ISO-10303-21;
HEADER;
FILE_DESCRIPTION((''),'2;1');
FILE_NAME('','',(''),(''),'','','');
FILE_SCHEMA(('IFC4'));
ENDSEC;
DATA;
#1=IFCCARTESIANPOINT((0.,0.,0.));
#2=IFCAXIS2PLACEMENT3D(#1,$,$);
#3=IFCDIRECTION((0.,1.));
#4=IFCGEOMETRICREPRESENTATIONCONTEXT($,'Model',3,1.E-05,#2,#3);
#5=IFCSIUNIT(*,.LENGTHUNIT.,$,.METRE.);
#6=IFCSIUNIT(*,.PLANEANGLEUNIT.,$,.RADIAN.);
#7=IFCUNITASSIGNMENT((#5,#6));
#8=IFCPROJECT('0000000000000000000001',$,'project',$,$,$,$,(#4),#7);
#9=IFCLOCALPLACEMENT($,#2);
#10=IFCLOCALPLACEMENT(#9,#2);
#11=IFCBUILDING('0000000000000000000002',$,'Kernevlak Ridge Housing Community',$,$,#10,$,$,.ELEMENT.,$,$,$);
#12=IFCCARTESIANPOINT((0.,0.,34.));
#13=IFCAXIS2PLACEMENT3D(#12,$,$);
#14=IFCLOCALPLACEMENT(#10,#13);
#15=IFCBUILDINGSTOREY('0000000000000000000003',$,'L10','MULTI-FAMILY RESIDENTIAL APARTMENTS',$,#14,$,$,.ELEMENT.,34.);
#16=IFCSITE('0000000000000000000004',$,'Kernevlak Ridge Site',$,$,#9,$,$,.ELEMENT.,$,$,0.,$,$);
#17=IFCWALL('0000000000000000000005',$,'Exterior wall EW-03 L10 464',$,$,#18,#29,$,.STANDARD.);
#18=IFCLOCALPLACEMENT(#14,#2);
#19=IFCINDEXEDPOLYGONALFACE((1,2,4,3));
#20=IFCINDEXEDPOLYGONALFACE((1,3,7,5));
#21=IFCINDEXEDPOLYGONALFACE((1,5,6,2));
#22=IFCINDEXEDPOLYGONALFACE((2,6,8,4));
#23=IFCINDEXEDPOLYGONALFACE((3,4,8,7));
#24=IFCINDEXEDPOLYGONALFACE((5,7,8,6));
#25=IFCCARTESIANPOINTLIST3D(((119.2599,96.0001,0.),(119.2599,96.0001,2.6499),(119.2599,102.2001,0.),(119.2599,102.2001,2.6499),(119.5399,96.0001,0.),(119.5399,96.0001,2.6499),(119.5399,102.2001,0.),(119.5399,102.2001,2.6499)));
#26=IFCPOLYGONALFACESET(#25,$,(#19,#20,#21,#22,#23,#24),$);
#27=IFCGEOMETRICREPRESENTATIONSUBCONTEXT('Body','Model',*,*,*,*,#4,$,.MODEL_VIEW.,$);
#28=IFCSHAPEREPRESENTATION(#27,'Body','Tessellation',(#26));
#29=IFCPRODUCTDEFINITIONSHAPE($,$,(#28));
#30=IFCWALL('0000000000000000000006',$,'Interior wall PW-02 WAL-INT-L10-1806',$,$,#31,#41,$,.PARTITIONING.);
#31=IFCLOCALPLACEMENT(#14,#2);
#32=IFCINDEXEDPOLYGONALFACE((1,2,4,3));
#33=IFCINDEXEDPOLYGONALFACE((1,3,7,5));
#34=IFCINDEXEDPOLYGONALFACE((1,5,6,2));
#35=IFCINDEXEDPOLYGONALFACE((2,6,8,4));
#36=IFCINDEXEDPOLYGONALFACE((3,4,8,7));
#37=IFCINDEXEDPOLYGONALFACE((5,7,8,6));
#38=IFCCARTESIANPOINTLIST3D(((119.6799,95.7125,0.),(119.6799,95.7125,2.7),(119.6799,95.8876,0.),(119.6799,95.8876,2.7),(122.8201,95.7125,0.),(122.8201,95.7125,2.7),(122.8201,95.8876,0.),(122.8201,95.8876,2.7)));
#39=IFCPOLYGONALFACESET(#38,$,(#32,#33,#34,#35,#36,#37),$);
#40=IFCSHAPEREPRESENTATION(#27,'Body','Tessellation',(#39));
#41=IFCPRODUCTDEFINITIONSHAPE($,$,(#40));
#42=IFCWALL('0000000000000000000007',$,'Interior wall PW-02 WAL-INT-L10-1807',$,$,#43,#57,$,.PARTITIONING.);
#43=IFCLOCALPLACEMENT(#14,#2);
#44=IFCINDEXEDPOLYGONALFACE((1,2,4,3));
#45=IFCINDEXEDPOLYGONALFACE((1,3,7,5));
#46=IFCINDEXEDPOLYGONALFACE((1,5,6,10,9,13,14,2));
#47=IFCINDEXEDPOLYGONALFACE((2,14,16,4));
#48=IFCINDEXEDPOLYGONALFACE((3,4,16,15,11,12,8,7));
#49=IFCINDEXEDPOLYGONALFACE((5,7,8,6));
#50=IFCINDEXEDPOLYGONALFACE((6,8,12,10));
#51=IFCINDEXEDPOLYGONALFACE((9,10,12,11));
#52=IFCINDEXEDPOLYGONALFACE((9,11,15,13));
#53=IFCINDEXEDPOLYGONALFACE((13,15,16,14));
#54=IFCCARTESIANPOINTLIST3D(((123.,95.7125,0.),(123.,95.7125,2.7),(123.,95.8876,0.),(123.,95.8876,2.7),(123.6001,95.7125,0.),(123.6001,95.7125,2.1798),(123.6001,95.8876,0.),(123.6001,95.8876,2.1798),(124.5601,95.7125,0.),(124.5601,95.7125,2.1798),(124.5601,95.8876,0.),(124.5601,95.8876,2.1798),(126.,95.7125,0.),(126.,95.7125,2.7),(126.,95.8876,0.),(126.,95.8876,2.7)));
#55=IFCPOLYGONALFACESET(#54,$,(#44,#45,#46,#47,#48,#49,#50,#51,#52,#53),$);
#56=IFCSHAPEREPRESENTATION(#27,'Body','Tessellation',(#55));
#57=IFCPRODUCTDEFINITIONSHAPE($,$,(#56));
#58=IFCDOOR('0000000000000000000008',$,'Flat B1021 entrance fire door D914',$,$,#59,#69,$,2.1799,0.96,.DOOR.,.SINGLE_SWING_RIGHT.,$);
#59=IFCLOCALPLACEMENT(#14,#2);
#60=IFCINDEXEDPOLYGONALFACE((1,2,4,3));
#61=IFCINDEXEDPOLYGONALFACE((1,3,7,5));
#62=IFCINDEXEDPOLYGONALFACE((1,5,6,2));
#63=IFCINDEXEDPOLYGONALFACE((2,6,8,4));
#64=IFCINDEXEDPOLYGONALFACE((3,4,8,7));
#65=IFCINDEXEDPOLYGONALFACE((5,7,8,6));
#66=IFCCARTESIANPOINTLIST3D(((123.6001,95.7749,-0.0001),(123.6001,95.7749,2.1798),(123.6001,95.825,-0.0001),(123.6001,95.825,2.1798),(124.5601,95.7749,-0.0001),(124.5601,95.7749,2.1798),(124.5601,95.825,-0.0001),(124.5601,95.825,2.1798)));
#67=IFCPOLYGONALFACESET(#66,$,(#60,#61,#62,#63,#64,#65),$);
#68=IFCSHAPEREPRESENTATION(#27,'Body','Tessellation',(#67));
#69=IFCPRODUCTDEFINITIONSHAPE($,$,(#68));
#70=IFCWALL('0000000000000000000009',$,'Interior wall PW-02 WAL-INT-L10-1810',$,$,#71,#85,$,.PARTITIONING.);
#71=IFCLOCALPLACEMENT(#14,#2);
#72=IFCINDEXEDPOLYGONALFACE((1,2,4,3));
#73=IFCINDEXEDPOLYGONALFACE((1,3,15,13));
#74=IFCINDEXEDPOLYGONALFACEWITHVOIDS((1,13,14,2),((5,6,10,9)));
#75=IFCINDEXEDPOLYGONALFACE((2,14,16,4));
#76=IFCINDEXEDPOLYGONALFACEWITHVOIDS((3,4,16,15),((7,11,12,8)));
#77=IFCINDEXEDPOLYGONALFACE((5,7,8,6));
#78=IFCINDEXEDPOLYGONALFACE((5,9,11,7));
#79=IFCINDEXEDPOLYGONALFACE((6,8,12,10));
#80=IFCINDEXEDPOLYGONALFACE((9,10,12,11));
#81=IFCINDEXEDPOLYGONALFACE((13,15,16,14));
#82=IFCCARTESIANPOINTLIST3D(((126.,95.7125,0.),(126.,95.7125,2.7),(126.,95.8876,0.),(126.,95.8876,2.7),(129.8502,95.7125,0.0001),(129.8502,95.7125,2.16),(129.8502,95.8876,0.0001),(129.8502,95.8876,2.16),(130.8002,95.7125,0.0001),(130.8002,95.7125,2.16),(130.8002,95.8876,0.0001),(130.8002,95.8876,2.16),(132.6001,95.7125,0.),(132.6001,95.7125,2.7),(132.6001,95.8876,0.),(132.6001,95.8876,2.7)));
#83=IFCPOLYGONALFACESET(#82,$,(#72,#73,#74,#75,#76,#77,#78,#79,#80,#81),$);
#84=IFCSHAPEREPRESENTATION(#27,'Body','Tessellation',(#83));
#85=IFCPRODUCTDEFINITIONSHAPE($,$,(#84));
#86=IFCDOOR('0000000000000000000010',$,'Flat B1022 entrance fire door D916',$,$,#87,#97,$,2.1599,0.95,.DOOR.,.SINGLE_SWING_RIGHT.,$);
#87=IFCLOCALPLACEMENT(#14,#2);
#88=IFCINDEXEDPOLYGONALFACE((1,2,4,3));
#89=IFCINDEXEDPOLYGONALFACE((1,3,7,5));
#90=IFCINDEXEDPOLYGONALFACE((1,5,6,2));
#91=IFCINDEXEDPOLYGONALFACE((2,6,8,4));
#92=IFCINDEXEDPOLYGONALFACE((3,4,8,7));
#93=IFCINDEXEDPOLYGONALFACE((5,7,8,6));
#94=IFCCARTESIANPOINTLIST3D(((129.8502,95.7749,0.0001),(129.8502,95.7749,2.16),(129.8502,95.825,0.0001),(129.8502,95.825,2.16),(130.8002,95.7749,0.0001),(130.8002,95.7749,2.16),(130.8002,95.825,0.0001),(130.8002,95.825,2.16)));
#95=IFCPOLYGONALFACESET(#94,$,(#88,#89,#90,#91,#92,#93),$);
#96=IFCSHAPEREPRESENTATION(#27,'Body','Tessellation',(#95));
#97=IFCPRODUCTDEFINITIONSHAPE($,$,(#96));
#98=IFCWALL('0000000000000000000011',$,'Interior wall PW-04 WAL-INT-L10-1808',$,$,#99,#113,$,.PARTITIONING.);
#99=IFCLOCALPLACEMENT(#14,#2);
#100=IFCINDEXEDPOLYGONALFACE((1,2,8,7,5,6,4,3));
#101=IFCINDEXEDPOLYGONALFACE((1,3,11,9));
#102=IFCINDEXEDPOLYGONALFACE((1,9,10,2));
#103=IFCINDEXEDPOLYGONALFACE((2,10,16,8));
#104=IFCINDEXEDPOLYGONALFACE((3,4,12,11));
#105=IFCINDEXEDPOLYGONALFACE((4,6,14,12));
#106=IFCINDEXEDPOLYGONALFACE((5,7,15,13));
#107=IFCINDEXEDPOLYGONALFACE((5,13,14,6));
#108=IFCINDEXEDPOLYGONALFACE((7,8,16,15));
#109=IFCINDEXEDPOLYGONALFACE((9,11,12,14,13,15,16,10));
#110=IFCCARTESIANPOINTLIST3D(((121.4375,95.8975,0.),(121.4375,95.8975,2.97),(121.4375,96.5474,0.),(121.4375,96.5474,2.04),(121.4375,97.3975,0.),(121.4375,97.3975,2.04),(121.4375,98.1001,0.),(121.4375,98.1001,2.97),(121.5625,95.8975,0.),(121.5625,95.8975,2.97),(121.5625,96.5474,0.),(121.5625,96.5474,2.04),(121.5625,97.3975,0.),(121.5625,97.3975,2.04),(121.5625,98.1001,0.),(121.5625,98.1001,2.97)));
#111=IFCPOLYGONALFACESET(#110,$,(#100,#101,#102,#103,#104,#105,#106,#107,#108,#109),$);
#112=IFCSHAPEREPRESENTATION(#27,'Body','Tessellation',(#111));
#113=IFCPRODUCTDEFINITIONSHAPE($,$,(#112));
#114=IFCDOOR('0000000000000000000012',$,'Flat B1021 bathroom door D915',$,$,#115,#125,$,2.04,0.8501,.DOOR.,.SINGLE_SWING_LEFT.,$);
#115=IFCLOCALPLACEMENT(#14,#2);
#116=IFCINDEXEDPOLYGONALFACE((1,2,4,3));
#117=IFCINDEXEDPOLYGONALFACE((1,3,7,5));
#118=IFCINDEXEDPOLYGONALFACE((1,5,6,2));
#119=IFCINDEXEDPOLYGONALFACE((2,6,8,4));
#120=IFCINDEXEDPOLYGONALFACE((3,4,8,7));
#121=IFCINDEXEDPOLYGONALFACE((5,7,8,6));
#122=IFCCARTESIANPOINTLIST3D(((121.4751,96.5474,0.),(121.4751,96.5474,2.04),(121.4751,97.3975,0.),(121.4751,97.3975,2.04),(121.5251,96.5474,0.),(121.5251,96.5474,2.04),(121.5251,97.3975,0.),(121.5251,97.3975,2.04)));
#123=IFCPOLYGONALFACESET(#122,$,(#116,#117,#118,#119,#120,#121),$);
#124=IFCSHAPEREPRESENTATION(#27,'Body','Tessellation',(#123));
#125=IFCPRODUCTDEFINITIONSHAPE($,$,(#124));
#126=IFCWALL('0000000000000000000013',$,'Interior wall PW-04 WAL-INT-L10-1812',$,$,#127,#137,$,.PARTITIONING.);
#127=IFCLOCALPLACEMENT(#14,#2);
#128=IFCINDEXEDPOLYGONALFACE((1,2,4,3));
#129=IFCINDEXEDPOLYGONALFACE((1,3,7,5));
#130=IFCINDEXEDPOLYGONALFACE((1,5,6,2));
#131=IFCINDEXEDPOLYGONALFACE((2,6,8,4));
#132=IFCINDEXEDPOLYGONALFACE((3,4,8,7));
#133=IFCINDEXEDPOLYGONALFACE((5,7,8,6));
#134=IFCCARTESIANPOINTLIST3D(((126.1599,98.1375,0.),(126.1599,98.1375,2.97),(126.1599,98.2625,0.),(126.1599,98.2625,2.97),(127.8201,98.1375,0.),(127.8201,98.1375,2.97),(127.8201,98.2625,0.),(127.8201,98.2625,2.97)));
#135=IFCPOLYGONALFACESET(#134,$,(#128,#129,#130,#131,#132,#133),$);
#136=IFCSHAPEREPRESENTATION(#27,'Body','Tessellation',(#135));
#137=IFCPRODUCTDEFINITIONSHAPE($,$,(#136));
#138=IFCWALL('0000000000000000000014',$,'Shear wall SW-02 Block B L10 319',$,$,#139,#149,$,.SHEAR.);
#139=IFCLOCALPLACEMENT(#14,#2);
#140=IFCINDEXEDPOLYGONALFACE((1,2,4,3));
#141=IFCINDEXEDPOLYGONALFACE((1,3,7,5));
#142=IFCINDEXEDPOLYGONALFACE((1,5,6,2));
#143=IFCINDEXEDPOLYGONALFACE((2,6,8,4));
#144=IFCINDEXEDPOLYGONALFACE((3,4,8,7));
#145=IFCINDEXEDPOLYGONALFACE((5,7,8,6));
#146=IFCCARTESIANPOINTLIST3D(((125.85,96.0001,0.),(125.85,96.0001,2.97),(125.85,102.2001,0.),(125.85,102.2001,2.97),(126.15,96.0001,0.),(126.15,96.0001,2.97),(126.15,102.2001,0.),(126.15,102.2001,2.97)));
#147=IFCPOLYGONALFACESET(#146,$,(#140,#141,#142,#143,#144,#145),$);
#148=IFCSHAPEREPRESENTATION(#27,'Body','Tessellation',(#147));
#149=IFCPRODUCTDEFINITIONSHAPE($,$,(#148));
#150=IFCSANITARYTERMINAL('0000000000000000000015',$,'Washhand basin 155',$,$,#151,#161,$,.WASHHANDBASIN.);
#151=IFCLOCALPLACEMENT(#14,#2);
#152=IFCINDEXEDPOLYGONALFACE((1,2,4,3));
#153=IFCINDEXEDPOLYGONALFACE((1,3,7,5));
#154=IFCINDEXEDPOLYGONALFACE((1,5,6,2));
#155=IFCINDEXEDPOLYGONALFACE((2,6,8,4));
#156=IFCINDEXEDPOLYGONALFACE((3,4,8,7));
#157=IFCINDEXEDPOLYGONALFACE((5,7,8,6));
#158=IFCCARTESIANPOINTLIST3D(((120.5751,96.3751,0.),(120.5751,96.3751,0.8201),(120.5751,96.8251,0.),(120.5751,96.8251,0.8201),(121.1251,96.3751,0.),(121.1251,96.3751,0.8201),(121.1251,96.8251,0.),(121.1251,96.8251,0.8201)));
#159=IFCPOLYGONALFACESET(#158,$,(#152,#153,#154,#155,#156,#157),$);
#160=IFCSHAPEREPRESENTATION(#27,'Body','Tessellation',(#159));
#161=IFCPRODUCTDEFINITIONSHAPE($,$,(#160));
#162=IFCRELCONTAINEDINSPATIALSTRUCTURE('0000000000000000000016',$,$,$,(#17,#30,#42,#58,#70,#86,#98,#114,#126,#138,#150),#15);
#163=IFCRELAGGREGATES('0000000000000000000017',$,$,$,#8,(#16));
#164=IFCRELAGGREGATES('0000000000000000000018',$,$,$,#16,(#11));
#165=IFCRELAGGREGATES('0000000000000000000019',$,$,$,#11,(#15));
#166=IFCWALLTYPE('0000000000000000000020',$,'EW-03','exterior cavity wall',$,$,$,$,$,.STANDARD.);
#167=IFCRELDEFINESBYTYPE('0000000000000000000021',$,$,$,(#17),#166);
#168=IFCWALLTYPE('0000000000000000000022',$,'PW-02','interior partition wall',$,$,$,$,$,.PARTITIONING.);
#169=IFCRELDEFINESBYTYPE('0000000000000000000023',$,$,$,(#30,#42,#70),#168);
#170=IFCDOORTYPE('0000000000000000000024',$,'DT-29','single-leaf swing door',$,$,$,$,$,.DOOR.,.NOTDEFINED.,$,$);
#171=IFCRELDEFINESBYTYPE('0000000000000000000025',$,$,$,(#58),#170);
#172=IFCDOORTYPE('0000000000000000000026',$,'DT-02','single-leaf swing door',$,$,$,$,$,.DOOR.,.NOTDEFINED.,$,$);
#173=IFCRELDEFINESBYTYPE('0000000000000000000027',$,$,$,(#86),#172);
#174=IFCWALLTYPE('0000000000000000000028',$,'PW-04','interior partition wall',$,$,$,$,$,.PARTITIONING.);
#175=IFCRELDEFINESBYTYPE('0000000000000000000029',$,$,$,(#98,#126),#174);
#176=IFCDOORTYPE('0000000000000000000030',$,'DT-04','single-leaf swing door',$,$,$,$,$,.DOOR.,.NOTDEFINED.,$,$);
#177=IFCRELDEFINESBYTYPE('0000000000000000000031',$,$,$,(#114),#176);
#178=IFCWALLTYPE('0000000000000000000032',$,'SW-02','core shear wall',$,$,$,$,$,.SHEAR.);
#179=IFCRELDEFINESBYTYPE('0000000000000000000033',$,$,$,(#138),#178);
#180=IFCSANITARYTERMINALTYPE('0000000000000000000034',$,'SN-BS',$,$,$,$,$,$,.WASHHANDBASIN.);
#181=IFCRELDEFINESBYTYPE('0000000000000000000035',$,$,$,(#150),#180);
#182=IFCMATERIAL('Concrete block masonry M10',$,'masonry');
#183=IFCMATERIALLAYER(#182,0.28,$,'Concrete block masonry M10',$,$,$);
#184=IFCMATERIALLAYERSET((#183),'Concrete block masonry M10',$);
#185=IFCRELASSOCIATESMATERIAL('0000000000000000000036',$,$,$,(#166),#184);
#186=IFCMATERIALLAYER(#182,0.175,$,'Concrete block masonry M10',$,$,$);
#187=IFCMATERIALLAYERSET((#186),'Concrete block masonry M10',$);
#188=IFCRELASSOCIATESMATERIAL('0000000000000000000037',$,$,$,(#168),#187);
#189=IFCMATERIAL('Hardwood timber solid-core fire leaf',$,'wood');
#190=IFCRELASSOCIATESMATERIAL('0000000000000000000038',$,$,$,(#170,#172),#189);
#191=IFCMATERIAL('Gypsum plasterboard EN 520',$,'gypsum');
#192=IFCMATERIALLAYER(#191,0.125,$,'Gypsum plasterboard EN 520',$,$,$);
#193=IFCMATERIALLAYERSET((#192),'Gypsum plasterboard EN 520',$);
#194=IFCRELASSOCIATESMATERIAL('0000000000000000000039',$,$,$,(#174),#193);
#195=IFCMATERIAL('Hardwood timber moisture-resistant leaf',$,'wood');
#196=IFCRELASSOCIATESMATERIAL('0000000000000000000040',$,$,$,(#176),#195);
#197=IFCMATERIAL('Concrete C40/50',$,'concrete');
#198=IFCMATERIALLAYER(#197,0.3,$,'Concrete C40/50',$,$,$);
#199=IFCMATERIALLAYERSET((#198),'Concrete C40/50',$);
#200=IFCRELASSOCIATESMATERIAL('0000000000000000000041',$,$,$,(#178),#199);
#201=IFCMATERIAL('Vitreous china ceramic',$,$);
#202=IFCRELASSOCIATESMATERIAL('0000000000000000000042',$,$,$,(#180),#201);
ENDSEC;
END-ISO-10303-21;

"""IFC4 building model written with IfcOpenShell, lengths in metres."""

from ifc_helpers import new_model, si_unit, direction, frame, frame_2d, origin, origin_2d, place, context, subcontext, project, spatial, rectangle, extrude, material, layer, layer_set, type_object, element, fill, save


model = new_model("IFC4")

# Units and contexts
model_context = context("Model", 3, precision=1e-05, world=origin(), true_north=direction((0.0, 1.0)))
body_context = subcontext(model_context, "Body", "Model", "MODEL_VIEW")
ifc_project = project(units=[si_unit("LENGTHUNIT", "METRE"), si_unit("PLANEANGLEUNIT", "RADIAN")], contexts=[model_context])

# Site, building, storey
site_placement = place(None, origin())
site = spatial("IfcSite", under=ifc_project, at=site_placement, Name="Kernevlak Ridge Site", CompositionType="ELEMENT", RefElevation=0.0)
building_placement = place(site_placement, origin())
building = spatial("IfcBuilding", under=site, at=building_placement, Name="Kernevlak Ridge Housing Community", CompositionType="ELEMENT")
storey_placement = place(building_placement, frame((0.0, 0.0, 34.0)))
storey = spatial("IfcBuildingStorey", under=building, at=storey_placement, Name="L10", Description="MULTI-FAMILY RESIDENTIAL APARTMENTS", CompositionType="ELEMENT", Elevation=34.0)

# Shared definitions
ifc_material_1 = material(Name="Concrete block masonry M10", Category="masonry")
ifc_layer_1 = layer(ifc_material_1, 0.28, Name="Concrete block masonry M10")
ifc_layer_set_1 = layer_set([ifc_layer_1], Name="Concrete block masonry M10")
wall_type_1 = type_object("IfcWallType", Name="EW-03", Description="exterior cavity wall", PredefinedType="STANDARD", material=ifc_layer_set_1)

# Walls
wall_1_placement = place(storey_placement, frame((119.3999, 96.0, 0.0), z_axis=(0.0, 0.0, 1.0), x_axis=(0.0, 1.0, 0.0)))
element("IfcWall", 1, at=wall_1_placement, inside=storey, type_object=wall_type_1, Name="Exterior wall EW-03 L10 464", PredefinedType="STANDARD", context=body_context, shape_type="SweptSolid", body=[
    extrude(rectangle(XDim=6.2, YDim=0.28, at=frame_2d((3.1001, 0.0))), origin(), (0.0, 0.0, 1.0), 2.6499),
])
ifc_layer_2 = layer(ifc_material_1, 0.175, Name="Concrete block masonry M10")
ifc_layer_set_2 = layer_set([ifc_layer_2], Name="Concrete block masonry M10")
wall_type_2 = type_object("IfcWallType", Name="PW-02", Description="interior partition wall", PredefinedType="PARTITIONING", material=ifc_layer_set_2)
wall_2_placement = place(storey_placement, frame((119.6799, 95.8, 0.0), z_axis=(0.0, 0.0, 1.0), x_axis=(1.0, 0.0, 0.0)))
element("IfcWall", 2, at=wall_2_placement, inside=storey, type_object=wall_type_2, Name="Interior wall PW-02 WAL-INT-L10-1806", PredefinedType="PARTITIONING", context=body_context, shape_type="SweptSolid", body=[
    extrude(rectangle(XDim=3.1401, YDim=0.175, at=frame_2d((1.5701, 0.0))), origin(), (0.0, 0.0, 1.0), 2.7),
])

# Walls, openings, doors
wall_3_placement = place(storey_placement, frame((123.0, 95.8, 0.0), z_axis=(0.0, 0.0, 1.0), x_axis=(1.0, 0.0, 0.0)))
wall_3 = element("IfcWall", 3, at=wall_3_placement, inside=storey, type_object=wall_type_2, Name="Interior wall PW-02 WAL-INT-L10-1807", PredefinedType="PARTITIONING", context=body_context, shape_type="SweptSolid", body=[
    extrude(rectangle(XDim=3.0, YDim=0.175, at=frame_2d((1.5, 0.0))), origin(), (0.0, 0.0, 1.0), 2.7),
])
opening_1_placement = place(wall_3_placement, frame((0.6001, 0.0, 0.0)))
opening_1 = element("IfcOpeningElement", 4, at=opening_1_placement, cuts=wall_3, PredefinedType="OPENING", context=body_context, shape_type="SweptSolid", body=[
    extrude(rectangle(XDim=0.96, YDim=2.1799, at=frame_2d((0.48, 1.0898))), frame((0.0, 0.0974, 0.0), z_axis=(0.0, -1.0, 0.0), x_axis=(1.0, 0.0, 0.0)), (0.0, 0.0, 1.0), 0.1951),
])
ifc_material_2 = material(Name="Hardwood timber solid-core fire leaf", Category="wood")
door_type_1 = type_object("IfcDoorType", Name="DT-29", Description="single-leaf swing door", OperationType="NOTDEFINED", PredefinedType="DOOR", material=ifc_material_2)
door_1_placement = place(opening_1_placement, origin())
door_1 = element("IfcDoor", 5, at=door_1_placement, inside=storey, type_object=door_type_1, Name="Flat B1021 entrance fire door D914", OperationType="SINGLE_SWING_RIGHT", OverallHeight=2.1799, OverallWidth=0.96, PredefinedType="DOOR", context=body_context, shape_type="SweptSolid", body=[
    extrude(rectangle(XDim=0.96, YDim=2.1799, at=frame_2d((0.48, 1.0898))), frame((0.0, 0.0249, 0.0), z_axis=(0.0, -1.0, 0.0), x_axis=(1.0, 0.0, 0.0)), (0.0, 0.0, 1.0), 0.05),
])
fill(opening_1, door_1)
wall_4_placement = place(storey_placement, frame((126.0, 95.8, 0.0), z_axis=(0.0, 0.0, 1.0), x_axis=(1.0, 0.0, 0.0)))
wall_4 = element("IfcWall", 6, at=wall_4_placement, inside=storey, type_object=wall_type_2, Name="Interior wall PW-02 WAL-INT-L10-1810", PredefinedType="PARTITIONING", context=body_context, shape_type="SweptSolid", body=[
    extrude(rectangle(XDim=6.6001, YDim=0.175, at=frame_2d((3.3, 0.0))), origin(), (0.0, 0.0, 1.0), 2.7),
])
opening_2_placement = place(wall_4_placement, frame((3.8501, 0.0, 0.0)))
opening_2 = element("IfcOpeningElement", 7, at=opening_2_placement, cuts=wall_4, PredefinedType="OPENING", context=body_context, shape_type="SweptSolid", body=[
    extrude(rectangle(XDim=0.95, YDim=2.1599, at=frame_2d((0.4751, 1.0801))), frame((0.0, 0.0974, 0.0), z_axis=(0.0, -1.0, 0.0), x_axis=(1.0, 0.0, 0.0)), (0.0, 0.0, 1.0), 0.1951),
])
door_type_2 = type_object("IfcDoorType", Name="DT-02", Description="single-leaf swing door", OperationType="NOTDEFINED", PredefinedType="DOOR", material=ifc_material_2)
door_2_placement = place(opening_2_placement, origin())
door_2 = element("IfcDoor", 8, at=door_2_placement, inside=storey, type_object=door_type_2, Name="Flat B1022 entrance fire door D916", OperationType="SINGLE_SWING_RIGHT", OverallHeight=2.1599, OverallWidth=0.95, PredefinedType="DOOR", context=body_context, shape_type="SweptSolid", body=[
    extrude(rectangle(XDim=0.95, YDim=2.1599, at=frame_2d((0.4751, 1.0801))), frame((0.0, 0.0249, 0.0), z_axis=(0.0, -1.0, 0.0), x_axis=(1.0, 0.0, 0.0)), (0.0, 0.0, 1.0), 0.05),
])
fill(opening_2, door_2)
ifc_material_3 = material(Name="Gypsum plasterboard EN 520", Category="gypsum")
ifc_layer_3 = layer(ifc_material_3, 0.125, Name="Gypsum plasterboard EN 520")
ifc_layer_set_3 = layer_set([ifc_layer_3], Name="Gypsum plasterboard EN 520")
wall_type_3 = type_object("IfcWallType", Name="PW-04", Description="interior partition wall", PredefinedType="PARTITIONING", material=ifc_layer_set_3)
wall_5_placement = place(storey_placement, frame((121.5, 95.8975, 0.0), z_axis=(0.0, 0.0, 1.0), x_axis=(0.0, 1.0, 0.0)))
wall_5 = element("IfcWall", 9, at=wall_5_placement, inside=storey, type_object=wall_type_3, Name="Interior wall PW-04 WAL-INT-L10-1808", PredefinedType="PARTITIONING", context=body_context, shape_type="SweptSolid", body=[
    extrude(rectangle(XDim=2.2026, YDim=0.125, at=frame_2d((1.1013, 0.0))), origin(), (0.0, 0.0, 1.0), 2.97),
])
opening_3_placement = place(wall_5_placement, frame((0.6499, 0.0, 0.0)))
opening_3 = element("IfcOpeningElement", 10, at=opening_3_placement, cuts=wall_5, PredefinedType="OPENING", context=body_context, shape_type="SweptSolid", body=[
    extrude(rectangle(XDim=0.8501, YDim=2.04, at=frame_2d((0.425, 1.02))), frame((0.0, 0.0725, 0.0), z_axis=(0.0, -1.0, 0.0), x_axis=(1.0, 0.0, 0.0)), (0.0, 0.0, 1.0), 0.145),
])
ifc_material_4 = material(Name="Hardwood timber moisture-resistant leaf", Category="wood")
door_type_3 = type_object("IfcDoorType", Name="DT-04", Description="single-leaf swing door", OperationType="NOTDEFINED", PredefinedType="DOOR", material=ifc_material_4)
door_3_placement = place(opening_3_placement, origin())
door_3 = element("IfcDoor", 11, at=door_3_placement, inside=storey, type_object=door_type_3, Name="Flat B1021 bathroom door D915", OperationType="SINGLE_SWING_LEFT", OverallHeight=2.04, OverallWidth=0.8501, PredefinedType="DOOR", context=body_context, shape_type="SweptSolid", body=[
    extrude(rectangle(XDim=0.8501, YDim=2.04, at=frame_2d((0.425, 1.02))), frame((0.0, 0.0249, 0.0), z_axis=(0.0, -1.0, 0.0), x_axis=(1.0, 0.0, 0.0)), (0.0, 0.0, 1.0), 0.05),
])
fill(opening_3, door_3)

# Walls
wall_6_placement = place(storey_placement, frame((126.1599, 98.2, 0.0), z_axis=(0.0, 0.0, 1.0), x_axis=(1.0, 0.0, 0.0)))
element("IfcWall", 12, at=wall_6_placement, inside=storey, type_object=wall_type_3, Name="Interior wall PW-04 WAL-INT-L10-1812", PredefinedType="PARTITIONING", context=body_context, shape_type="SweptSolid", body=[
    extrude(rectangle(XDim=1.6602, YDim=0.125, at=frame_2d((0.8301, 0.0))), origin(), (0.0, 0.0, 1.0), 2.97),
])
ifc_material_5 = material(Name="Concrete C40/50", Category="concrete")
ifc_layer_4 = layer(ifc_material_5, 0.3, Name="Concrete C40/50")
ifc_layer_set_4 = layer_set([ifc_layer_4], Name="Concrete C40/50")
wall_type_4 = type_object("IfcWallType", Name="SW-02", Description="core shear wall", PredefinedType="SHEAR", material=ifc_layer_set_4)
wall_7_placement = place(storey_placement, frame((126.0, 96.0, 0.0), z_axis=(0.0, 0.0, 1.0), x_axis=(0.0, 1.0, 0.0)))
element("IfcWall", 13, at=wall_7_placement, inside=storey, type_object=wall_type_4, Name="Shear wall SW-02 Block B L10 319", PredefinedType="SHEAR", context=body_context, shape_type="SweptSolid", body=[
    extrude(rectangle(XDim=6.2, YDim=0.3, at=frame_2d((3.1001, 0.0))), origin(), (0.0, 0.0, 1.0), 2.97),
])

# Sanitary terminal
ifc_material_6 = material(Name="Vitreous china ceramic")
sanitary_terminal_type_1 = type_object("IfcSanitaryTerminalType", Name="SN-BS", PredefinedType="WASHHANDBASIN", material=ifc_material_6)
sanitary_terminal_1_placement = place(storey_placement, frame((120.8501, 96.6001, 0.0), z_axis=(0.0, 0.0, 1.0), x_axis=(1.0, 0.0, 0.0)))
element("IfcSanitaryTerminal", 14, at=sanitary_terminal_1_placement, inside=storey, type_object=sanitary_terminal_type_1, Name="Washhand basin 155", PredefinedType="WASHHANDBASIN", context=body_context, shape_type="SweptSolid", body=[
    extrude(rectangle(XDim=0.55, YDim=0.45, at=origin_2d()), origin(), (0.0, 0.0, 1.0), 0.8201),
])

save(model, "model.ifc")
